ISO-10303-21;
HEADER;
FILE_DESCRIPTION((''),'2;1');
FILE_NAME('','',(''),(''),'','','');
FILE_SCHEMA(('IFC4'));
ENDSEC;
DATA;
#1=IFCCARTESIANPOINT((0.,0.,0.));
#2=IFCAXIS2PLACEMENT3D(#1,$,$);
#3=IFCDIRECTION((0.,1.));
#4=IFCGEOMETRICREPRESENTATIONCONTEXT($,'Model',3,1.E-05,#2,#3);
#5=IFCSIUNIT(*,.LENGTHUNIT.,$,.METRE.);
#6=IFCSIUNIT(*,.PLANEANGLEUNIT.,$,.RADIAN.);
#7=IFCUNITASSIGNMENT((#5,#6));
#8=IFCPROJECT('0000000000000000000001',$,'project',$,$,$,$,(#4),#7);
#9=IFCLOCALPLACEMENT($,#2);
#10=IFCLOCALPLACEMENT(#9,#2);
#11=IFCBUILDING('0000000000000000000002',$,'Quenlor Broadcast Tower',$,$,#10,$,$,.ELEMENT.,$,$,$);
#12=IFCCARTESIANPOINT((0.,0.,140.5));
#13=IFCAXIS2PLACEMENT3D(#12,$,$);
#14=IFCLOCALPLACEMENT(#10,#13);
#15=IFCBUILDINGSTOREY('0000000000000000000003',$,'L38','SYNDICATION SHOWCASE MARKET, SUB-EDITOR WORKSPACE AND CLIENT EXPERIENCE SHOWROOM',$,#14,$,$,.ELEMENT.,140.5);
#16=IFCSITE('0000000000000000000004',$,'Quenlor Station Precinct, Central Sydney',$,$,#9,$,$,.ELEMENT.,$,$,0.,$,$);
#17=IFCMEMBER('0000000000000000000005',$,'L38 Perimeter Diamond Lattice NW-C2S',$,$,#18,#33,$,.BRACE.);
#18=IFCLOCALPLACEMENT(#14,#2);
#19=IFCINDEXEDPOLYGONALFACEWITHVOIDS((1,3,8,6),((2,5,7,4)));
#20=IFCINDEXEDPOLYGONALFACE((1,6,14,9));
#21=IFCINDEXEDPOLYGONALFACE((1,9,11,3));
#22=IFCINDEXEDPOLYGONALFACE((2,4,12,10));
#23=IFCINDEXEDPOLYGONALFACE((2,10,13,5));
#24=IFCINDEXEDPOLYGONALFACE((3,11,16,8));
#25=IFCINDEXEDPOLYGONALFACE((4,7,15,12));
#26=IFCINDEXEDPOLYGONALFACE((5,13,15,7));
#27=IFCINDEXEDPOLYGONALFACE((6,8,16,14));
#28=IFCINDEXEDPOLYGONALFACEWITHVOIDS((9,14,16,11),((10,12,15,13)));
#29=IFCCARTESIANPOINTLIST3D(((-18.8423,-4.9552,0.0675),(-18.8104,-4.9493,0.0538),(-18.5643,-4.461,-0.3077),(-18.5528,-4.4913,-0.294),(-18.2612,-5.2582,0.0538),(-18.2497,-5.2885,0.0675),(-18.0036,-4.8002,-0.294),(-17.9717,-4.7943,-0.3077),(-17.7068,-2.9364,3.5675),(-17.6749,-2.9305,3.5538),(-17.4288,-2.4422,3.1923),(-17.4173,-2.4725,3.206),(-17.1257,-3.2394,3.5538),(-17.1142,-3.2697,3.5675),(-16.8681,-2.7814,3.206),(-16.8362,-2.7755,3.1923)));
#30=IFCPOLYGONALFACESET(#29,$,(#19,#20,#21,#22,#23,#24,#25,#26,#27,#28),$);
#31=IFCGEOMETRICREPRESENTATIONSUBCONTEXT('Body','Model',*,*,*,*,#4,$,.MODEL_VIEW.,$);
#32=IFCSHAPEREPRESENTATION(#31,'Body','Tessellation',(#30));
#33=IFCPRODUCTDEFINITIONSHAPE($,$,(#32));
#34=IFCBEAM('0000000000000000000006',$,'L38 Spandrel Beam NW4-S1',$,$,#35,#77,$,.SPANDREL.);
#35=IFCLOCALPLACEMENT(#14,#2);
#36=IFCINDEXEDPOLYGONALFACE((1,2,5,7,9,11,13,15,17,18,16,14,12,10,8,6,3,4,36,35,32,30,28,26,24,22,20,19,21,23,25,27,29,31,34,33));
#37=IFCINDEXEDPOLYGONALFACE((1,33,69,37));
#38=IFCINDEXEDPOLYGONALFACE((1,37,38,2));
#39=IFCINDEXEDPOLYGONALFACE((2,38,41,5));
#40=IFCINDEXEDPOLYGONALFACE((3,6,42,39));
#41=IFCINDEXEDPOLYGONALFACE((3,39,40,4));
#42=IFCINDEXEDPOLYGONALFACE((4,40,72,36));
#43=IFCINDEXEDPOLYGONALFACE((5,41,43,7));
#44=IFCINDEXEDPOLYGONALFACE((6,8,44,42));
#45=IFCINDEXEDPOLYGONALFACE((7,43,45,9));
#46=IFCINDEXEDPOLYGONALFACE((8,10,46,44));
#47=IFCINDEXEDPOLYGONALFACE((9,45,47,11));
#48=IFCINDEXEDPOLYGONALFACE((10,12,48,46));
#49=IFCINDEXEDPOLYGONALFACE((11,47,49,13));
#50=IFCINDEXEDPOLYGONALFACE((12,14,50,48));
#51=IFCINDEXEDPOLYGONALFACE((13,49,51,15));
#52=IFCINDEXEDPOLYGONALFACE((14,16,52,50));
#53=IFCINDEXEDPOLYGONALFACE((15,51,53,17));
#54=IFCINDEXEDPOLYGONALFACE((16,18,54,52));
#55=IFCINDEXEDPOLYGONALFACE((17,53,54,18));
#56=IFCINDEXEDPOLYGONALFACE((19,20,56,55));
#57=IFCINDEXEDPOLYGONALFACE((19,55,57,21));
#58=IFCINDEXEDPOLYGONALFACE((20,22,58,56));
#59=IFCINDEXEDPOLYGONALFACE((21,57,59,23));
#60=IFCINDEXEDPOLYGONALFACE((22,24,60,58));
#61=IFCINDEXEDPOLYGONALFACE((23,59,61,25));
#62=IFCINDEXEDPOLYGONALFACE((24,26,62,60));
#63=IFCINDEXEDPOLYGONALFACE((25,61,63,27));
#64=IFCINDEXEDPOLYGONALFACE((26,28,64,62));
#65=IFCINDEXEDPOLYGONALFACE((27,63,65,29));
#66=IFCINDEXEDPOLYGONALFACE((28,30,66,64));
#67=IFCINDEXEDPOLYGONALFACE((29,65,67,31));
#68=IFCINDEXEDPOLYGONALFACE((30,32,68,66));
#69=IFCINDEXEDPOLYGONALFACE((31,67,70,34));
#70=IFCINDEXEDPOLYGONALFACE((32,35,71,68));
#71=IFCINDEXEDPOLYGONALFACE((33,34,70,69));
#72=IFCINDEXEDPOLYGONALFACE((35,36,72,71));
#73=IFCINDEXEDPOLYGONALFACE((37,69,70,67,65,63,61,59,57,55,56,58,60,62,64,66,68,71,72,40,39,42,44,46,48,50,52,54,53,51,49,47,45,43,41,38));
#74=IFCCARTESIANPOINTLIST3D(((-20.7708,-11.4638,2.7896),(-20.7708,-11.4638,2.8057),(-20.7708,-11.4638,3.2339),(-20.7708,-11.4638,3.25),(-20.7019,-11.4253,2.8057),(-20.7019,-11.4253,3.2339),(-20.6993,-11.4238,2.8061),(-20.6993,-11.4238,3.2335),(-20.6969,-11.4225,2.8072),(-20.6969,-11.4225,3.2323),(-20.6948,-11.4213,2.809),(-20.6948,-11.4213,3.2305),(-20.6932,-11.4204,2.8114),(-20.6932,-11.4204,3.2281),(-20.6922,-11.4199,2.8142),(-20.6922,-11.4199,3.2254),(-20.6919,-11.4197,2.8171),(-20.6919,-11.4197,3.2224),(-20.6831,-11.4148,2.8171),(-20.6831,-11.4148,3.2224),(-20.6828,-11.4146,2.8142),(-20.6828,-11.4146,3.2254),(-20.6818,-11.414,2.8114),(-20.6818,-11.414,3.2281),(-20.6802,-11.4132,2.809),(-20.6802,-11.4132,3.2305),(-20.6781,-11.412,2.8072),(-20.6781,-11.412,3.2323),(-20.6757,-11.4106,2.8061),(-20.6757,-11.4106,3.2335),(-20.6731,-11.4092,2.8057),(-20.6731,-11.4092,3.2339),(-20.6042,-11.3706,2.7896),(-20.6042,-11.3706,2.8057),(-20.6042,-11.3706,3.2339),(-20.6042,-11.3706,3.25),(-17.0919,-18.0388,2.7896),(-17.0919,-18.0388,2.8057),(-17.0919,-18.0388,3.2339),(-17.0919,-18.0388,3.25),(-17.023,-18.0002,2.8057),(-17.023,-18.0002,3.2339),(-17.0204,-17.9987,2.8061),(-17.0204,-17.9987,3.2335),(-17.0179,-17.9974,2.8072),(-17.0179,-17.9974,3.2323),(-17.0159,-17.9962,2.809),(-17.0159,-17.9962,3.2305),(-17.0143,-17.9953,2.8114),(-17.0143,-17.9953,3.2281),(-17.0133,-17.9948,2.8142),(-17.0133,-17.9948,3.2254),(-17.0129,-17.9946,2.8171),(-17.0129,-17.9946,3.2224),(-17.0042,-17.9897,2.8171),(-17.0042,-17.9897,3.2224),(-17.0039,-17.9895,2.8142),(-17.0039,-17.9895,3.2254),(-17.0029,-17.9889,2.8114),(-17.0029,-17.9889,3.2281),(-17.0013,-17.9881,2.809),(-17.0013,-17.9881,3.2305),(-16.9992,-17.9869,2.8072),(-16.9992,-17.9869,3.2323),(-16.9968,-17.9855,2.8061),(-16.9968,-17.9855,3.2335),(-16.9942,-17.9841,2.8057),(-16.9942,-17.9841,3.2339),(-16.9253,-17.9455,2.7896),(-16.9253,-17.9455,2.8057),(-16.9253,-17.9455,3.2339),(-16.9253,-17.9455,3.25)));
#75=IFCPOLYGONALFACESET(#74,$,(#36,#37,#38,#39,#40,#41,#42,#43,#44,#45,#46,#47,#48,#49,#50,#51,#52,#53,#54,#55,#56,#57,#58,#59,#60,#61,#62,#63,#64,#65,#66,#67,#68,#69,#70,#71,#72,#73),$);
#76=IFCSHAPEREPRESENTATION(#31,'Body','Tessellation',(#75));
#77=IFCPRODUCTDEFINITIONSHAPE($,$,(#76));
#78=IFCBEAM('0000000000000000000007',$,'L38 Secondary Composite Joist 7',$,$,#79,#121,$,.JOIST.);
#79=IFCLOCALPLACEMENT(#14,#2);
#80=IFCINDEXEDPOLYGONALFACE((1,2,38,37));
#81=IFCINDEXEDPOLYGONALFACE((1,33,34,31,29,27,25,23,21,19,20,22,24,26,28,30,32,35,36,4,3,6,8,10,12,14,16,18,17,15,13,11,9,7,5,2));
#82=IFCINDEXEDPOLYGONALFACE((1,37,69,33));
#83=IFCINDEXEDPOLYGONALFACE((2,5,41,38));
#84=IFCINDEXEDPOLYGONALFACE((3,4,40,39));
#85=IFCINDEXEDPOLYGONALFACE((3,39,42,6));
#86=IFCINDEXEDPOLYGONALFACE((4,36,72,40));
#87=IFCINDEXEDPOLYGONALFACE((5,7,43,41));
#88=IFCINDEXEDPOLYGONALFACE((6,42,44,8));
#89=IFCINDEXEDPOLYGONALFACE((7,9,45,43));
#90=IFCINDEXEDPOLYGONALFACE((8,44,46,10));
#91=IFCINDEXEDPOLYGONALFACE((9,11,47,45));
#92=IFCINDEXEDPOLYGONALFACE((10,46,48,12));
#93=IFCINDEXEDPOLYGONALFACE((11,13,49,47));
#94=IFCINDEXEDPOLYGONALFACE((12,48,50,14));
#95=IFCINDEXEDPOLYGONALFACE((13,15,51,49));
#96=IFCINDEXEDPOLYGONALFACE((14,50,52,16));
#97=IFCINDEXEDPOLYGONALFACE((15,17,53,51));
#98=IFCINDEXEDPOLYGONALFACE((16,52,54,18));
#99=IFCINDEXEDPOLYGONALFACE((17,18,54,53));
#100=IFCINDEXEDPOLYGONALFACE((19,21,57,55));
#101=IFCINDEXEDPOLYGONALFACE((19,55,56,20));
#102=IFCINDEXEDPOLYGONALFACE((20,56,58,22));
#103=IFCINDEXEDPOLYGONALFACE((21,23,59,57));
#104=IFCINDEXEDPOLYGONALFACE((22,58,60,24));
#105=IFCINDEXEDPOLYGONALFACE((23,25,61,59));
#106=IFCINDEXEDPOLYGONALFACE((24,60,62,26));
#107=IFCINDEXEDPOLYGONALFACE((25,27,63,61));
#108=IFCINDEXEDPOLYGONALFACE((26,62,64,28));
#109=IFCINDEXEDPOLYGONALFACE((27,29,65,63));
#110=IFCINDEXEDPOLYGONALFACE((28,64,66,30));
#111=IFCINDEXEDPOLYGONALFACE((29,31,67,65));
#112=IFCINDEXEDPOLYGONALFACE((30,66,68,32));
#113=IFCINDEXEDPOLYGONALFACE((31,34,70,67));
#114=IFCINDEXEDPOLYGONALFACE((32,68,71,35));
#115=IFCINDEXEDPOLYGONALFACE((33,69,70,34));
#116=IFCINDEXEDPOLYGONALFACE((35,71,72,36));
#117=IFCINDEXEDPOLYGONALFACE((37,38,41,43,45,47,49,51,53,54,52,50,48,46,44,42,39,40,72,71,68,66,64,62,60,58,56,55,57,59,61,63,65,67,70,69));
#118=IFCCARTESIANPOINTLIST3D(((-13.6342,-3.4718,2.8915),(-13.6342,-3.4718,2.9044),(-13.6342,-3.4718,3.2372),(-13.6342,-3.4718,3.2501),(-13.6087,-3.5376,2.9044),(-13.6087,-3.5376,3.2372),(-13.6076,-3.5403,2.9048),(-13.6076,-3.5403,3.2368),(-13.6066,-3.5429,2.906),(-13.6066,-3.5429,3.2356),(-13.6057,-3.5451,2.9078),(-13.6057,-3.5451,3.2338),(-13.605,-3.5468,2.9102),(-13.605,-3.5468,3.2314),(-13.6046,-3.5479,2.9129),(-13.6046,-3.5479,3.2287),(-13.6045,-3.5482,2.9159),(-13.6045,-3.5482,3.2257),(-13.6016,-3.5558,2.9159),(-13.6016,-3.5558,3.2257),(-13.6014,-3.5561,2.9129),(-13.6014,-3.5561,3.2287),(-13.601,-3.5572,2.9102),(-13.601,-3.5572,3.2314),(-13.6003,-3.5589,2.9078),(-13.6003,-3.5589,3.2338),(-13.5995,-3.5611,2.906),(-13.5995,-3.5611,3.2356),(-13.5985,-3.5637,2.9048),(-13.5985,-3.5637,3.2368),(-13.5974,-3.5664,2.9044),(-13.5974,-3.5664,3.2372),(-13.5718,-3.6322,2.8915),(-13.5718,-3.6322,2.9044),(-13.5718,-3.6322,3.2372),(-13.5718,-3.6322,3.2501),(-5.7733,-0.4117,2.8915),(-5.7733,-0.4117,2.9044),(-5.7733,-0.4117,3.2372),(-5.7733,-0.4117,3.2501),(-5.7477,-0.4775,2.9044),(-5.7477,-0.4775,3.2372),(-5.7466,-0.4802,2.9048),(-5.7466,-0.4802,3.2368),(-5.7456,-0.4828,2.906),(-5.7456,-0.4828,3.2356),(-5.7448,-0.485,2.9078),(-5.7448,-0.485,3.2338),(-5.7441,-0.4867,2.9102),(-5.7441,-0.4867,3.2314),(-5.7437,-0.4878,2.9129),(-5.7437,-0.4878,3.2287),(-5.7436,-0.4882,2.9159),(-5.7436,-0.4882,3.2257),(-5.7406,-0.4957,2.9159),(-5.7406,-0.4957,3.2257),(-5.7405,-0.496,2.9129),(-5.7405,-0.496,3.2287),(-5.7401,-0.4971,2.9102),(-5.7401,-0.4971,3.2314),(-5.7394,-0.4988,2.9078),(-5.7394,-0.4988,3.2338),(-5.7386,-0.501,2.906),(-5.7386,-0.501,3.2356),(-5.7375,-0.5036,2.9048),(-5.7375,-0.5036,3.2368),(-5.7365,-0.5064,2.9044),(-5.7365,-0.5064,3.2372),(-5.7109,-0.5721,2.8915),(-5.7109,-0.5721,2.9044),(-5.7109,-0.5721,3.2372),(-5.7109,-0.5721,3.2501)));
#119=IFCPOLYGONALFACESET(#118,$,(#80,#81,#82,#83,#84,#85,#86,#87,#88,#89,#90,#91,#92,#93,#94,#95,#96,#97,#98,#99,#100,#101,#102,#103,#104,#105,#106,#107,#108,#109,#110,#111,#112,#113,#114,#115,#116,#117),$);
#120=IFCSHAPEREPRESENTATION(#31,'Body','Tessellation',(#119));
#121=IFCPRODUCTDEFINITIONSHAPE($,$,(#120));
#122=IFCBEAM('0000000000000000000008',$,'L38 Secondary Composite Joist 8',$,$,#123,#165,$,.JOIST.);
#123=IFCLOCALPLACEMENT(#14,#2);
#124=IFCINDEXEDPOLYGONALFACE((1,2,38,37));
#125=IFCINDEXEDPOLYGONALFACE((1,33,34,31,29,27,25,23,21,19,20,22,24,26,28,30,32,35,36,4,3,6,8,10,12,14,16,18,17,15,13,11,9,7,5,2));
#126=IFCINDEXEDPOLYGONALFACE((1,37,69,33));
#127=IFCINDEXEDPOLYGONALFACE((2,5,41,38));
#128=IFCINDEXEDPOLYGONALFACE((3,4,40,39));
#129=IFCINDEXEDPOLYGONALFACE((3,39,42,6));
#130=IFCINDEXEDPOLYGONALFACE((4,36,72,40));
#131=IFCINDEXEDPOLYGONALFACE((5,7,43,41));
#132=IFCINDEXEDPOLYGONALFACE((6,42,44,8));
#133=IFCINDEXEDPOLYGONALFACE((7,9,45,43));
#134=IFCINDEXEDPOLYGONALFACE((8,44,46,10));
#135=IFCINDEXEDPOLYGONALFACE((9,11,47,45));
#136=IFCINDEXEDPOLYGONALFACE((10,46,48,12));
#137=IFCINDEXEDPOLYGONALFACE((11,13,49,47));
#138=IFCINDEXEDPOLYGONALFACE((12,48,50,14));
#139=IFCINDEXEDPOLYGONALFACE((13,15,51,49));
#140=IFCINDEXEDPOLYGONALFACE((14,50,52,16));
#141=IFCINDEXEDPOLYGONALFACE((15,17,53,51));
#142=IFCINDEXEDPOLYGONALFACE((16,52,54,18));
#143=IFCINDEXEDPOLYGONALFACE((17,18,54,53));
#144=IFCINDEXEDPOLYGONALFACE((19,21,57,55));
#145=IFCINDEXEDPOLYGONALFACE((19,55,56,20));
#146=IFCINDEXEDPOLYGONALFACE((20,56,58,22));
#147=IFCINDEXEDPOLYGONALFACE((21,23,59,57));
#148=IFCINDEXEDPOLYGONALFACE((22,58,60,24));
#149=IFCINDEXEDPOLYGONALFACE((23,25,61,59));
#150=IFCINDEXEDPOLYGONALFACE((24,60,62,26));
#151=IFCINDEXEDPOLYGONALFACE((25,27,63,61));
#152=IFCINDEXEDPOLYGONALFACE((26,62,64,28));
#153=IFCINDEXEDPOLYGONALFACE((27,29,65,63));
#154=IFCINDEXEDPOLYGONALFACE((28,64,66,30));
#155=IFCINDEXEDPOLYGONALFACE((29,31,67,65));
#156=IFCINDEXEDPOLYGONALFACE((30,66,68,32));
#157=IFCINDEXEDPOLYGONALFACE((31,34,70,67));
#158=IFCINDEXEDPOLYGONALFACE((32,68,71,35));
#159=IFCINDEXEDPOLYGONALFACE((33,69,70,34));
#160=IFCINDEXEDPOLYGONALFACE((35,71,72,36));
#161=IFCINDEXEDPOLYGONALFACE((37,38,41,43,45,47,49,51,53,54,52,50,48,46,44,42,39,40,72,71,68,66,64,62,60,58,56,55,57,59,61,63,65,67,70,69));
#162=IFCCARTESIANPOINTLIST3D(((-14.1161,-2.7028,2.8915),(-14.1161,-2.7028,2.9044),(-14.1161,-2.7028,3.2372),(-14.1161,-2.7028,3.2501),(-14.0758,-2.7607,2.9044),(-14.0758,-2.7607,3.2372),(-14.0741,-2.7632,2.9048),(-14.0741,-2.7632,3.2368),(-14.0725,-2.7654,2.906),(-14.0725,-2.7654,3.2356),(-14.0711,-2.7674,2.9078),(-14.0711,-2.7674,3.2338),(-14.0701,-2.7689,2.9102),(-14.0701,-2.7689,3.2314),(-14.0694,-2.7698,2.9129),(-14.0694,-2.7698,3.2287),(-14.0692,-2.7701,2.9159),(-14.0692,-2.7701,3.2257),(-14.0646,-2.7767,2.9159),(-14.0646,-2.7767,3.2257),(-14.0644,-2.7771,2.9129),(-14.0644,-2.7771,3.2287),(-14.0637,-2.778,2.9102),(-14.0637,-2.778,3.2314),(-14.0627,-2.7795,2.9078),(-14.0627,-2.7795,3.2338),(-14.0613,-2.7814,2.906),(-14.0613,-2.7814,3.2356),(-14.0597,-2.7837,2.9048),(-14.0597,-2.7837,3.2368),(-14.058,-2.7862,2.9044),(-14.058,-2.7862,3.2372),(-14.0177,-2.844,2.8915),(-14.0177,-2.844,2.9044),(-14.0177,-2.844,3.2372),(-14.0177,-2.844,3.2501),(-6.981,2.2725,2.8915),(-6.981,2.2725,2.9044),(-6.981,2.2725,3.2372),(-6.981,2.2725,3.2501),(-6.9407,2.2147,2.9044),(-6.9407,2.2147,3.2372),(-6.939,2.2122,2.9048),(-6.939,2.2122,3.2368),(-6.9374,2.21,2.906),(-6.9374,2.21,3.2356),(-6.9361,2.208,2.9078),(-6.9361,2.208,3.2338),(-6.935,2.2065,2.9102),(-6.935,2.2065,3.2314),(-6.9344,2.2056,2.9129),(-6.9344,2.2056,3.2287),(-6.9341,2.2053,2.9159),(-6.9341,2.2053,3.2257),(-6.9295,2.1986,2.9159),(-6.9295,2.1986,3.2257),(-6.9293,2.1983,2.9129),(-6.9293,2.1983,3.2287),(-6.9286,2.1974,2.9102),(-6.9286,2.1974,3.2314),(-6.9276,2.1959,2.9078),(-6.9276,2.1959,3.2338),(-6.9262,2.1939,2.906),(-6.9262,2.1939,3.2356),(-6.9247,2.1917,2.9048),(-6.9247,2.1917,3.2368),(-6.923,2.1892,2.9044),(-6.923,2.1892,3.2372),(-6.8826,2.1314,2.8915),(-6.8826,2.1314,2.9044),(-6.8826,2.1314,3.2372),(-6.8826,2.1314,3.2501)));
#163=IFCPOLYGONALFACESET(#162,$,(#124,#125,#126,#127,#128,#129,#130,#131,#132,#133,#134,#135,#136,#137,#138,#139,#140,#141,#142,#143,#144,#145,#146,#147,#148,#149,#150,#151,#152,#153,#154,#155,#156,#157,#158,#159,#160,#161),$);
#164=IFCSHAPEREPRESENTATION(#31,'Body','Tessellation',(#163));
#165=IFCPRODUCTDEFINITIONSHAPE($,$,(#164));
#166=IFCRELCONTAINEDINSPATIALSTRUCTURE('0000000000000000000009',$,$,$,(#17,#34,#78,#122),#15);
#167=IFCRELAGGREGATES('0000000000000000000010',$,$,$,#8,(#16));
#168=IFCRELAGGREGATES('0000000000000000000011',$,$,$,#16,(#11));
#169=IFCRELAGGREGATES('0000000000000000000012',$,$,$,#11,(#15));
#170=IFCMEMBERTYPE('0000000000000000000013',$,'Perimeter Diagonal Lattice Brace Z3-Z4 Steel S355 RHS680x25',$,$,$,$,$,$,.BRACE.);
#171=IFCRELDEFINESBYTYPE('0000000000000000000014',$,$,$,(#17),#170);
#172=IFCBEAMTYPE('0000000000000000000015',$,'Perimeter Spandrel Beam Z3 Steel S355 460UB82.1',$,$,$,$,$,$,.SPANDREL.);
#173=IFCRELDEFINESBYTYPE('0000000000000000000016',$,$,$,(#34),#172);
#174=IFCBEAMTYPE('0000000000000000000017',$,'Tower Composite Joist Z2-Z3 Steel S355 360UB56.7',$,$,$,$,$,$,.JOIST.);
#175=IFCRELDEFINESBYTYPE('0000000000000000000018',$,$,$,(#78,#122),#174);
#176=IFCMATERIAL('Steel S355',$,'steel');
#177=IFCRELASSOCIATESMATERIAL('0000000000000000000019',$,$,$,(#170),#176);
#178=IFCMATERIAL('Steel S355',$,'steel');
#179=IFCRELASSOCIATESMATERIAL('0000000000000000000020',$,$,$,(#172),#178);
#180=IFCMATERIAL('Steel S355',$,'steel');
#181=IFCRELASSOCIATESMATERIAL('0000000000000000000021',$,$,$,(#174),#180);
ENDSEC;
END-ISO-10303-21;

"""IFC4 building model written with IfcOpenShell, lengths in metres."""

from ifc_helpers import new_model, si_unit, direction, frame, origin, origin_2d, place, context, subcontext, project, spatial, hollow_rectangle, i_section, extrude, material, material_profile, profile_set, type_object, element, save


model = new_model("IFC4")

# Units and contexts
model_context = context("Model", 3, precision=1e-05, world=origin(), true_north=direction((0.0, 1.0)))
body_context = subcontext(model_context, "Body", "Model", "MODEL_VIEW")
ifc_project = project(units=[si_unit("LENGTHUNIT", "METRE"), si_unit("PLANEANGLEUNIT", "RADIAN")], contexts=[model_context])

# Site, building, storey
site_placement = place(None, origin())
site = spatial("IfcSite", under=ifc_project, at=site_placement, Name="Quenlor Station Precinct, Central Sydney", CompositionType="ELEMENT", RefElevation=0.0)
building_placement = place(site_placement, origin())
building = spatial("IfcBuilding", under=site, at=building_placement, Name="Quenlor Broadcast Tower", CompositionType="ELEMENT")
storey_placement = place(building_placement, frame((0.0, 0.0, 140.5)))
storey = spatial("IfcBuildingStorey", under=building, at=storey_placement, Name="L38", Description="SYNDICATION SHOWCASE MARKET, SUB-EDITOR WORKSPACE AND CLIENT EXPERIENCE SHOWROOM", CompositionType="ELEMENT", Elevation=140.5)

# Member
ifc_material_1 = material(Name="Steel S355", Category="steel")
ifc_material_profile_1 = material_profile(ifc_material_1, hollow_rectangle(XDim=0.6799, YDim=0.6799, WallThickness=0.0249, at=origin_2d()))
ifc_profile_set_1 = profile_set([ifc_material_profile_1], Name="Steel S355 RHS680x680x25")
member_type_1 = type_object("IfcMemberType", Name="Perimeter Diagonal Lattice Brace Z3-Z4 Steel S355 RHS680x25", PredefinedType="BRACE", material=ifc_profile_set_1)
for number, where, z_axis, x_axis, name in (
    (1, (-18.407, -4.8748, -0.1201), (0.270549, 0.481009, 0.833927), (-0.87159, 0.490236, 0.0), "L38 Perimeter Diamond Lattice NW-C2S"),
):
    element("IfcMember", number, at=place(storey_placement, frame(where, z_axis=z_axis, x_axis=x_axis)), inside=storey, type_object=member_type_1, Name=name, PredefinedType="BRACE", context=body_context, shape_type="SweptSolid", body=[
        extrude(hollow_rectangle(XDim=0.6799, YDim=0.6799, WallThickness=0.0249, at=origin_2d()), origin(), (0.0, 0.0, 1.0), 4.197),
    ])

# Beams
ifc_material_2 = material(Name="Steel S355", Category="steel")
ifc_material_profile_2 = material_profile(ifc_material_2, i_section(OverallWidth=0.1909, OverallDepth=0.4604, WebThickness=0.01, FlangeThickness=0.0161, FilletRadius=0.0115, at=origin_2d()))
ifc_profile_set_2 = profile_set([ifc_material_profile_2], Name="Steel S355 460UB82.1")
beam_type_1 = type_object("IfcBeamType", Name="Perimeter Spandrel Beam Z3 Steel S355 460UB82.1", PredefinedType="SPANDREL", material=ifc_profile_set_2)
beam_1_placement = place(storey_placement, frame((-20.6875, -11.4172, 3.0198), z_axis=(0.488298, -0.872677, 0.0), x_axis=(0.872677, 0.488298, 0.0)))
element("IfcBeam", 2, at=beam_1_placement, inside=storey, type_object=beam_type_1, Name="L38 Spandrel Beam NW4-S1", PredefinedType="SPANDREL", context=body_context, shape_type="SweptSolid", body=[
    extrude(i_section(OverallWidth=0.1909, OverallDepth=0.4604, WebThickness=0.01, FlangeThickness=0.0161, FilletRadius=0.0115, at=origin_2d()), origin(), (0.0, 0.0, 1.0), 7.5342),
])
ifc_material_3 = material(Name="Steel S355", Category="steel")
ifc_material_profile_3 = material_profile(ifc_material_3, i_section(OverallWidth=0.1721, OverallDepth=0.3586, WebThickness=0.0081, FlangeThickness=0.0129, FilletRadius=0.0115, at=origin_2d()))
ifc_profile_set_3 = profile_set([ifc_material_profile_3], Name="Steel S355 360UB56.7")
beam_type_2 = type_object("IfcBeamType", Name="Tower Composite Joist Z2-Z3 Steel S355 360UB56.7", PredefinedType="JOIST", material=ifc_profile_set_3)
beam_2_placement = place(storey_placement, frame((-13.603, -3.552, 3.0708), z_axis=(0.931882, 0.362762, 0.0), x_axis=(-0.362762, 0.931882, 0.0)))
element("IfcBeam", 3, at=beam_2_placement, inside=storey, type_object=beam_type_2, Name="L38 Secondary Composite Joist 7", PredefinedType="JOIST", context=body_context, shape_type="SweptSolid", body=[
    extrude(i_section(OverallWidth=0.1721, OverallDepth=0.3586, WebThickness=0.0081, FlangeThickness=0.0129, FilletRadius=0.0115, at=origin_2d()), origin(), (0.0, 0.0, 1.0), 8.4355),
])
beam_3_placement = place(storey_placement, frame((-14.0669, -2.7734, 3.0708), z_axis=(0.820266, 0.571983, 0.0), x_axis=(-0.571983, 0.820266, 0.0)))
element("IfcBeam", 4, at=beam_3_placement, inside=storey, type_object=beam_type_2, Name="L38 Secondary Composite Joist 8", PredefinedType="JOIST", context=body_context, shape_type="SweptSolid", body=[
    extrude(i_section(OverallWidth=0.1721, OverallDepth=0.3586, WebThickness=0.0081, FlangeThickness=0.0129, FilletRadius=0.0115, at=origin_2d()), origin(), (0.0, 0.0, 1.0), 8.6985),
])

save(model, "model.ifc")
